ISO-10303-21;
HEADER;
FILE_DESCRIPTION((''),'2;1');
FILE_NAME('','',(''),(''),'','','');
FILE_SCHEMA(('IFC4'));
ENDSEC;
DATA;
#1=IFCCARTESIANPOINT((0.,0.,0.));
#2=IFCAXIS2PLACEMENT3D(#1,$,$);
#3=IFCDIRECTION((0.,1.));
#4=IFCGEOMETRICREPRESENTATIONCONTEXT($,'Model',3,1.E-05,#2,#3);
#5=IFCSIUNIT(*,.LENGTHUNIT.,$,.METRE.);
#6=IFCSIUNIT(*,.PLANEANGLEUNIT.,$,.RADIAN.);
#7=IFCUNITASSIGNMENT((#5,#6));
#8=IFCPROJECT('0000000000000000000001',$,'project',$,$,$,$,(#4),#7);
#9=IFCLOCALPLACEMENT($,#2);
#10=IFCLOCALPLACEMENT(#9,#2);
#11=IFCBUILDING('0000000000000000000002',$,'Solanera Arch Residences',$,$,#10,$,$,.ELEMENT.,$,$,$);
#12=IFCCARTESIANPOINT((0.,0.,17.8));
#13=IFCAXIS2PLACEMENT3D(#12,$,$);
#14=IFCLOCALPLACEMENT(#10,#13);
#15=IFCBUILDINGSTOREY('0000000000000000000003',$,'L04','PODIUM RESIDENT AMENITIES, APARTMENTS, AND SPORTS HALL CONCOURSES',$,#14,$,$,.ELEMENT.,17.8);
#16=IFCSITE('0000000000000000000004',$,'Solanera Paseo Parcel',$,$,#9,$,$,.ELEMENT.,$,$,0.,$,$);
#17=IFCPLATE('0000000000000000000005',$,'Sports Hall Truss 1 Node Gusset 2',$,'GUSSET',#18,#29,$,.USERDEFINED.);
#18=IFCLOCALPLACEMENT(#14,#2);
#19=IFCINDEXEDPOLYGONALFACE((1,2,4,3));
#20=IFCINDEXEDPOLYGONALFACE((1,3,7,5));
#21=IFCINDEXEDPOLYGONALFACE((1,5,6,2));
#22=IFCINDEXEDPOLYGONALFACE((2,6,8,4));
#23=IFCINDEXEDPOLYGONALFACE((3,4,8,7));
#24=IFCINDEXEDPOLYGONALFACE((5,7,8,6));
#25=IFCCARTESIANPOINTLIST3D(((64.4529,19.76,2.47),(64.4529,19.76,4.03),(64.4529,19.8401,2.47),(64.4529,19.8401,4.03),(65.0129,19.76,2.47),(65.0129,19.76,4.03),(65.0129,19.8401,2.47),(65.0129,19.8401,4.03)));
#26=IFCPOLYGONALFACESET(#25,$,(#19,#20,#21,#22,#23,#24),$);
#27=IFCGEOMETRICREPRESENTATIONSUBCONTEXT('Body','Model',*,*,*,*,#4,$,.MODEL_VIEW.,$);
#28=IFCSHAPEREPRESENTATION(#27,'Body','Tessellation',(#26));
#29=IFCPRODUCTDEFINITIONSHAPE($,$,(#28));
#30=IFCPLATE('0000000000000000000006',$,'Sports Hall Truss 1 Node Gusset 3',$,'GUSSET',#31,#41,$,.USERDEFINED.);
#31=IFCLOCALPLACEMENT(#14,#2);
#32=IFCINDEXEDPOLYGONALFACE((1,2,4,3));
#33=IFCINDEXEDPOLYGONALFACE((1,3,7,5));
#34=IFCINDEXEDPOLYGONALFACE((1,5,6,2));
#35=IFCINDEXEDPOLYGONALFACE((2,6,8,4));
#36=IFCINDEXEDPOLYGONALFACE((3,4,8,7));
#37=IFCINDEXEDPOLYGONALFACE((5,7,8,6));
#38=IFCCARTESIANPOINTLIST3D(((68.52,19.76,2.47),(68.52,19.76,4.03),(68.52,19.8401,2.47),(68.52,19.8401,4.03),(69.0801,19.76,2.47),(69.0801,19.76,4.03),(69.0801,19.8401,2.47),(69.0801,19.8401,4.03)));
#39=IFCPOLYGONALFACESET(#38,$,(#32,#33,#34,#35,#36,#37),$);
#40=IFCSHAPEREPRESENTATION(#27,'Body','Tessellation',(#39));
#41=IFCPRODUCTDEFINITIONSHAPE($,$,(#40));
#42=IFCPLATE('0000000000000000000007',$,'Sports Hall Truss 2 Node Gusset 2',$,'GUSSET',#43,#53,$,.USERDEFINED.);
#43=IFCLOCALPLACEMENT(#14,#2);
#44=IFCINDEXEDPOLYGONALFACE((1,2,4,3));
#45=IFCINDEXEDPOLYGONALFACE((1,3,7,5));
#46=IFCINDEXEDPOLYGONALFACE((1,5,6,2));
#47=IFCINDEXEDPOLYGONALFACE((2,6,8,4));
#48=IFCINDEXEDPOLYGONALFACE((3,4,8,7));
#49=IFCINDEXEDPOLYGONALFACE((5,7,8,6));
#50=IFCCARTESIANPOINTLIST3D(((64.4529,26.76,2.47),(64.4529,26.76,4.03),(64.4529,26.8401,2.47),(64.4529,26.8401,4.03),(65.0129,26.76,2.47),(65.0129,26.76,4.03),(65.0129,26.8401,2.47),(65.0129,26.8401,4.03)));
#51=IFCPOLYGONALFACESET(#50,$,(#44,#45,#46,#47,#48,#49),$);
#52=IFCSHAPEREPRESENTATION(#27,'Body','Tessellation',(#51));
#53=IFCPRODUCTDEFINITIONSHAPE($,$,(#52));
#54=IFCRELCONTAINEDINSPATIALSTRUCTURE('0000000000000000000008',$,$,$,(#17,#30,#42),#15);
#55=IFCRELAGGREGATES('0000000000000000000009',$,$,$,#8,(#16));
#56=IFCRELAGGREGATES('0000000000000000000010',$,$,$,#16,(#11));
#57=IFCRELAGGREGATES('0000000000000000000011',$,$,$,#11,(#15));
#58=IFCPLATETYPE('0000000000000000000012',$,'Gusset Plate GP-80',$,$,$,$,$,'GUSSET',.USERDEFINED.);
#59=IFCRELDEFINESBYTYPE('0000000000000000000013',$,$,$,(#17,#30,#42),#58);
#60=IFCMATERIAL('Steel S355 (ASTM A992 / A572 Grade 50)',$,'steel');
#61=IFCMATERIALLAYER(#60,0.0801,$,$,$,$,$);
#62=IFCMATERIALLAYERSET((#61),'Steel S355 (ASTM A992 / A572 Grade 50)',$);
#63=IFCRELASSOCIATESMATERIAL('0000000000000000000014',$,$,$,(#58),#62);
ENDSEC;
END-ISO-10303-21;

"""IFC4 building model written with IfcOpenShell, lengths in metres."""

from ifc_helpers import new_model, si_unit, direction, frame, origin, origin_2d, place, context, subcontext, project, spatial, rectangle, extrude, material, layer, layer_set, type_object, element, save


model = new_model("IFC4")

# Units and contexts
model_context = context("Model", 3, precision=1e-05, world=origin(), true_north=direction((0.0, 1.0)))
body_context = subcontext(model_context, "Body", "Model", "MODEL_VIEW")
ifc_project = project(units=[si_unit("LENGTHUNIT", "METRE"), si_unit("PLANEANGLEUNIT", "RADIAN")], contexts=[model_context])

# Site, building, storey
site_placement = place(None, origin())
site = spatial("IfcSite", under=ifc_project, at=site_placement, Name="Solanera Paseo Parcel", CompositionType="ELEMENT", RefElevation=0.0)
building_placement = place(site_placement, origin())
building = spatial("IfcBuilding", under=site, at=building_placement, Name="Solanera Arch Residences", CompositionType="ELEMENT")
storey_placement = place(building_placement, frame((0.0, 0.0, 17.8)))
storey = spatial("IfcBuildingStorey", under=building, at=storey_placement, Name="L04", Description="PODIUM RESIDENT AMENITIES, APARTMENTS, AND SPORTS HALL CONCOURSES", CompositionType="ELEMENT", Elevation=17.8)

# Plates
ifc_material_1 = material(Name="Steel S355 (ASTM A992 / A572 Grade 50)", Category="steel")
ifc_layer_1 = layer(ifc_material_1, 0.0801)
ifc_layer_set_1 = layer_set([ifc_layer_1], Name="Steel S355 (ASTM A992 / A572 Grade 50)")
plate_type_1 = type_object("IfcPlateType", Name="Gusset Plate GP-80", ElementType="GUSSET", PredefinedType="USERDEFINED", material=ifc_layer_set_1)
for number, where, z_axis, x_axis, name in (
    (1, (64.7329, 19.8, 2.47), (0.0, 0.0, 1.0), (1.0, 0.0, 0.0), "Sports Hall Truss 1 Node Gusset 2"),
    (2, (68.8, 19.8, 2.47), (0.0, 0.0, 1.0), (1.0, 0.0, 0.0), "Sports Hall Truss 1 Node Gusset 3"),
    (3, (64.7329, 26.8, 2.47), (0.0, 0.0, 1.0), (1.0, 0.0, 0.0), "Sports Hall Truss 2 Node Gusset 2"),
):
    element("IfcPlate", number, at=place(storey_placement, frame(where, z_axis=z_axis, x_axis=x_axis)), inside=storey, type_object=plate_type_1, Name=name, ObjectType="GUSSET", PredefinedType="USERDEFINED", context=body_context, shape_type="SweptSolid", body=[
        extrude(rectangle(XDim=0.5601, YDim=0.0801, at=origin_2d()), origin(), (0.0, 0.0, 1.0), 1.5601),
    ])

save(model, "model.ifc")
